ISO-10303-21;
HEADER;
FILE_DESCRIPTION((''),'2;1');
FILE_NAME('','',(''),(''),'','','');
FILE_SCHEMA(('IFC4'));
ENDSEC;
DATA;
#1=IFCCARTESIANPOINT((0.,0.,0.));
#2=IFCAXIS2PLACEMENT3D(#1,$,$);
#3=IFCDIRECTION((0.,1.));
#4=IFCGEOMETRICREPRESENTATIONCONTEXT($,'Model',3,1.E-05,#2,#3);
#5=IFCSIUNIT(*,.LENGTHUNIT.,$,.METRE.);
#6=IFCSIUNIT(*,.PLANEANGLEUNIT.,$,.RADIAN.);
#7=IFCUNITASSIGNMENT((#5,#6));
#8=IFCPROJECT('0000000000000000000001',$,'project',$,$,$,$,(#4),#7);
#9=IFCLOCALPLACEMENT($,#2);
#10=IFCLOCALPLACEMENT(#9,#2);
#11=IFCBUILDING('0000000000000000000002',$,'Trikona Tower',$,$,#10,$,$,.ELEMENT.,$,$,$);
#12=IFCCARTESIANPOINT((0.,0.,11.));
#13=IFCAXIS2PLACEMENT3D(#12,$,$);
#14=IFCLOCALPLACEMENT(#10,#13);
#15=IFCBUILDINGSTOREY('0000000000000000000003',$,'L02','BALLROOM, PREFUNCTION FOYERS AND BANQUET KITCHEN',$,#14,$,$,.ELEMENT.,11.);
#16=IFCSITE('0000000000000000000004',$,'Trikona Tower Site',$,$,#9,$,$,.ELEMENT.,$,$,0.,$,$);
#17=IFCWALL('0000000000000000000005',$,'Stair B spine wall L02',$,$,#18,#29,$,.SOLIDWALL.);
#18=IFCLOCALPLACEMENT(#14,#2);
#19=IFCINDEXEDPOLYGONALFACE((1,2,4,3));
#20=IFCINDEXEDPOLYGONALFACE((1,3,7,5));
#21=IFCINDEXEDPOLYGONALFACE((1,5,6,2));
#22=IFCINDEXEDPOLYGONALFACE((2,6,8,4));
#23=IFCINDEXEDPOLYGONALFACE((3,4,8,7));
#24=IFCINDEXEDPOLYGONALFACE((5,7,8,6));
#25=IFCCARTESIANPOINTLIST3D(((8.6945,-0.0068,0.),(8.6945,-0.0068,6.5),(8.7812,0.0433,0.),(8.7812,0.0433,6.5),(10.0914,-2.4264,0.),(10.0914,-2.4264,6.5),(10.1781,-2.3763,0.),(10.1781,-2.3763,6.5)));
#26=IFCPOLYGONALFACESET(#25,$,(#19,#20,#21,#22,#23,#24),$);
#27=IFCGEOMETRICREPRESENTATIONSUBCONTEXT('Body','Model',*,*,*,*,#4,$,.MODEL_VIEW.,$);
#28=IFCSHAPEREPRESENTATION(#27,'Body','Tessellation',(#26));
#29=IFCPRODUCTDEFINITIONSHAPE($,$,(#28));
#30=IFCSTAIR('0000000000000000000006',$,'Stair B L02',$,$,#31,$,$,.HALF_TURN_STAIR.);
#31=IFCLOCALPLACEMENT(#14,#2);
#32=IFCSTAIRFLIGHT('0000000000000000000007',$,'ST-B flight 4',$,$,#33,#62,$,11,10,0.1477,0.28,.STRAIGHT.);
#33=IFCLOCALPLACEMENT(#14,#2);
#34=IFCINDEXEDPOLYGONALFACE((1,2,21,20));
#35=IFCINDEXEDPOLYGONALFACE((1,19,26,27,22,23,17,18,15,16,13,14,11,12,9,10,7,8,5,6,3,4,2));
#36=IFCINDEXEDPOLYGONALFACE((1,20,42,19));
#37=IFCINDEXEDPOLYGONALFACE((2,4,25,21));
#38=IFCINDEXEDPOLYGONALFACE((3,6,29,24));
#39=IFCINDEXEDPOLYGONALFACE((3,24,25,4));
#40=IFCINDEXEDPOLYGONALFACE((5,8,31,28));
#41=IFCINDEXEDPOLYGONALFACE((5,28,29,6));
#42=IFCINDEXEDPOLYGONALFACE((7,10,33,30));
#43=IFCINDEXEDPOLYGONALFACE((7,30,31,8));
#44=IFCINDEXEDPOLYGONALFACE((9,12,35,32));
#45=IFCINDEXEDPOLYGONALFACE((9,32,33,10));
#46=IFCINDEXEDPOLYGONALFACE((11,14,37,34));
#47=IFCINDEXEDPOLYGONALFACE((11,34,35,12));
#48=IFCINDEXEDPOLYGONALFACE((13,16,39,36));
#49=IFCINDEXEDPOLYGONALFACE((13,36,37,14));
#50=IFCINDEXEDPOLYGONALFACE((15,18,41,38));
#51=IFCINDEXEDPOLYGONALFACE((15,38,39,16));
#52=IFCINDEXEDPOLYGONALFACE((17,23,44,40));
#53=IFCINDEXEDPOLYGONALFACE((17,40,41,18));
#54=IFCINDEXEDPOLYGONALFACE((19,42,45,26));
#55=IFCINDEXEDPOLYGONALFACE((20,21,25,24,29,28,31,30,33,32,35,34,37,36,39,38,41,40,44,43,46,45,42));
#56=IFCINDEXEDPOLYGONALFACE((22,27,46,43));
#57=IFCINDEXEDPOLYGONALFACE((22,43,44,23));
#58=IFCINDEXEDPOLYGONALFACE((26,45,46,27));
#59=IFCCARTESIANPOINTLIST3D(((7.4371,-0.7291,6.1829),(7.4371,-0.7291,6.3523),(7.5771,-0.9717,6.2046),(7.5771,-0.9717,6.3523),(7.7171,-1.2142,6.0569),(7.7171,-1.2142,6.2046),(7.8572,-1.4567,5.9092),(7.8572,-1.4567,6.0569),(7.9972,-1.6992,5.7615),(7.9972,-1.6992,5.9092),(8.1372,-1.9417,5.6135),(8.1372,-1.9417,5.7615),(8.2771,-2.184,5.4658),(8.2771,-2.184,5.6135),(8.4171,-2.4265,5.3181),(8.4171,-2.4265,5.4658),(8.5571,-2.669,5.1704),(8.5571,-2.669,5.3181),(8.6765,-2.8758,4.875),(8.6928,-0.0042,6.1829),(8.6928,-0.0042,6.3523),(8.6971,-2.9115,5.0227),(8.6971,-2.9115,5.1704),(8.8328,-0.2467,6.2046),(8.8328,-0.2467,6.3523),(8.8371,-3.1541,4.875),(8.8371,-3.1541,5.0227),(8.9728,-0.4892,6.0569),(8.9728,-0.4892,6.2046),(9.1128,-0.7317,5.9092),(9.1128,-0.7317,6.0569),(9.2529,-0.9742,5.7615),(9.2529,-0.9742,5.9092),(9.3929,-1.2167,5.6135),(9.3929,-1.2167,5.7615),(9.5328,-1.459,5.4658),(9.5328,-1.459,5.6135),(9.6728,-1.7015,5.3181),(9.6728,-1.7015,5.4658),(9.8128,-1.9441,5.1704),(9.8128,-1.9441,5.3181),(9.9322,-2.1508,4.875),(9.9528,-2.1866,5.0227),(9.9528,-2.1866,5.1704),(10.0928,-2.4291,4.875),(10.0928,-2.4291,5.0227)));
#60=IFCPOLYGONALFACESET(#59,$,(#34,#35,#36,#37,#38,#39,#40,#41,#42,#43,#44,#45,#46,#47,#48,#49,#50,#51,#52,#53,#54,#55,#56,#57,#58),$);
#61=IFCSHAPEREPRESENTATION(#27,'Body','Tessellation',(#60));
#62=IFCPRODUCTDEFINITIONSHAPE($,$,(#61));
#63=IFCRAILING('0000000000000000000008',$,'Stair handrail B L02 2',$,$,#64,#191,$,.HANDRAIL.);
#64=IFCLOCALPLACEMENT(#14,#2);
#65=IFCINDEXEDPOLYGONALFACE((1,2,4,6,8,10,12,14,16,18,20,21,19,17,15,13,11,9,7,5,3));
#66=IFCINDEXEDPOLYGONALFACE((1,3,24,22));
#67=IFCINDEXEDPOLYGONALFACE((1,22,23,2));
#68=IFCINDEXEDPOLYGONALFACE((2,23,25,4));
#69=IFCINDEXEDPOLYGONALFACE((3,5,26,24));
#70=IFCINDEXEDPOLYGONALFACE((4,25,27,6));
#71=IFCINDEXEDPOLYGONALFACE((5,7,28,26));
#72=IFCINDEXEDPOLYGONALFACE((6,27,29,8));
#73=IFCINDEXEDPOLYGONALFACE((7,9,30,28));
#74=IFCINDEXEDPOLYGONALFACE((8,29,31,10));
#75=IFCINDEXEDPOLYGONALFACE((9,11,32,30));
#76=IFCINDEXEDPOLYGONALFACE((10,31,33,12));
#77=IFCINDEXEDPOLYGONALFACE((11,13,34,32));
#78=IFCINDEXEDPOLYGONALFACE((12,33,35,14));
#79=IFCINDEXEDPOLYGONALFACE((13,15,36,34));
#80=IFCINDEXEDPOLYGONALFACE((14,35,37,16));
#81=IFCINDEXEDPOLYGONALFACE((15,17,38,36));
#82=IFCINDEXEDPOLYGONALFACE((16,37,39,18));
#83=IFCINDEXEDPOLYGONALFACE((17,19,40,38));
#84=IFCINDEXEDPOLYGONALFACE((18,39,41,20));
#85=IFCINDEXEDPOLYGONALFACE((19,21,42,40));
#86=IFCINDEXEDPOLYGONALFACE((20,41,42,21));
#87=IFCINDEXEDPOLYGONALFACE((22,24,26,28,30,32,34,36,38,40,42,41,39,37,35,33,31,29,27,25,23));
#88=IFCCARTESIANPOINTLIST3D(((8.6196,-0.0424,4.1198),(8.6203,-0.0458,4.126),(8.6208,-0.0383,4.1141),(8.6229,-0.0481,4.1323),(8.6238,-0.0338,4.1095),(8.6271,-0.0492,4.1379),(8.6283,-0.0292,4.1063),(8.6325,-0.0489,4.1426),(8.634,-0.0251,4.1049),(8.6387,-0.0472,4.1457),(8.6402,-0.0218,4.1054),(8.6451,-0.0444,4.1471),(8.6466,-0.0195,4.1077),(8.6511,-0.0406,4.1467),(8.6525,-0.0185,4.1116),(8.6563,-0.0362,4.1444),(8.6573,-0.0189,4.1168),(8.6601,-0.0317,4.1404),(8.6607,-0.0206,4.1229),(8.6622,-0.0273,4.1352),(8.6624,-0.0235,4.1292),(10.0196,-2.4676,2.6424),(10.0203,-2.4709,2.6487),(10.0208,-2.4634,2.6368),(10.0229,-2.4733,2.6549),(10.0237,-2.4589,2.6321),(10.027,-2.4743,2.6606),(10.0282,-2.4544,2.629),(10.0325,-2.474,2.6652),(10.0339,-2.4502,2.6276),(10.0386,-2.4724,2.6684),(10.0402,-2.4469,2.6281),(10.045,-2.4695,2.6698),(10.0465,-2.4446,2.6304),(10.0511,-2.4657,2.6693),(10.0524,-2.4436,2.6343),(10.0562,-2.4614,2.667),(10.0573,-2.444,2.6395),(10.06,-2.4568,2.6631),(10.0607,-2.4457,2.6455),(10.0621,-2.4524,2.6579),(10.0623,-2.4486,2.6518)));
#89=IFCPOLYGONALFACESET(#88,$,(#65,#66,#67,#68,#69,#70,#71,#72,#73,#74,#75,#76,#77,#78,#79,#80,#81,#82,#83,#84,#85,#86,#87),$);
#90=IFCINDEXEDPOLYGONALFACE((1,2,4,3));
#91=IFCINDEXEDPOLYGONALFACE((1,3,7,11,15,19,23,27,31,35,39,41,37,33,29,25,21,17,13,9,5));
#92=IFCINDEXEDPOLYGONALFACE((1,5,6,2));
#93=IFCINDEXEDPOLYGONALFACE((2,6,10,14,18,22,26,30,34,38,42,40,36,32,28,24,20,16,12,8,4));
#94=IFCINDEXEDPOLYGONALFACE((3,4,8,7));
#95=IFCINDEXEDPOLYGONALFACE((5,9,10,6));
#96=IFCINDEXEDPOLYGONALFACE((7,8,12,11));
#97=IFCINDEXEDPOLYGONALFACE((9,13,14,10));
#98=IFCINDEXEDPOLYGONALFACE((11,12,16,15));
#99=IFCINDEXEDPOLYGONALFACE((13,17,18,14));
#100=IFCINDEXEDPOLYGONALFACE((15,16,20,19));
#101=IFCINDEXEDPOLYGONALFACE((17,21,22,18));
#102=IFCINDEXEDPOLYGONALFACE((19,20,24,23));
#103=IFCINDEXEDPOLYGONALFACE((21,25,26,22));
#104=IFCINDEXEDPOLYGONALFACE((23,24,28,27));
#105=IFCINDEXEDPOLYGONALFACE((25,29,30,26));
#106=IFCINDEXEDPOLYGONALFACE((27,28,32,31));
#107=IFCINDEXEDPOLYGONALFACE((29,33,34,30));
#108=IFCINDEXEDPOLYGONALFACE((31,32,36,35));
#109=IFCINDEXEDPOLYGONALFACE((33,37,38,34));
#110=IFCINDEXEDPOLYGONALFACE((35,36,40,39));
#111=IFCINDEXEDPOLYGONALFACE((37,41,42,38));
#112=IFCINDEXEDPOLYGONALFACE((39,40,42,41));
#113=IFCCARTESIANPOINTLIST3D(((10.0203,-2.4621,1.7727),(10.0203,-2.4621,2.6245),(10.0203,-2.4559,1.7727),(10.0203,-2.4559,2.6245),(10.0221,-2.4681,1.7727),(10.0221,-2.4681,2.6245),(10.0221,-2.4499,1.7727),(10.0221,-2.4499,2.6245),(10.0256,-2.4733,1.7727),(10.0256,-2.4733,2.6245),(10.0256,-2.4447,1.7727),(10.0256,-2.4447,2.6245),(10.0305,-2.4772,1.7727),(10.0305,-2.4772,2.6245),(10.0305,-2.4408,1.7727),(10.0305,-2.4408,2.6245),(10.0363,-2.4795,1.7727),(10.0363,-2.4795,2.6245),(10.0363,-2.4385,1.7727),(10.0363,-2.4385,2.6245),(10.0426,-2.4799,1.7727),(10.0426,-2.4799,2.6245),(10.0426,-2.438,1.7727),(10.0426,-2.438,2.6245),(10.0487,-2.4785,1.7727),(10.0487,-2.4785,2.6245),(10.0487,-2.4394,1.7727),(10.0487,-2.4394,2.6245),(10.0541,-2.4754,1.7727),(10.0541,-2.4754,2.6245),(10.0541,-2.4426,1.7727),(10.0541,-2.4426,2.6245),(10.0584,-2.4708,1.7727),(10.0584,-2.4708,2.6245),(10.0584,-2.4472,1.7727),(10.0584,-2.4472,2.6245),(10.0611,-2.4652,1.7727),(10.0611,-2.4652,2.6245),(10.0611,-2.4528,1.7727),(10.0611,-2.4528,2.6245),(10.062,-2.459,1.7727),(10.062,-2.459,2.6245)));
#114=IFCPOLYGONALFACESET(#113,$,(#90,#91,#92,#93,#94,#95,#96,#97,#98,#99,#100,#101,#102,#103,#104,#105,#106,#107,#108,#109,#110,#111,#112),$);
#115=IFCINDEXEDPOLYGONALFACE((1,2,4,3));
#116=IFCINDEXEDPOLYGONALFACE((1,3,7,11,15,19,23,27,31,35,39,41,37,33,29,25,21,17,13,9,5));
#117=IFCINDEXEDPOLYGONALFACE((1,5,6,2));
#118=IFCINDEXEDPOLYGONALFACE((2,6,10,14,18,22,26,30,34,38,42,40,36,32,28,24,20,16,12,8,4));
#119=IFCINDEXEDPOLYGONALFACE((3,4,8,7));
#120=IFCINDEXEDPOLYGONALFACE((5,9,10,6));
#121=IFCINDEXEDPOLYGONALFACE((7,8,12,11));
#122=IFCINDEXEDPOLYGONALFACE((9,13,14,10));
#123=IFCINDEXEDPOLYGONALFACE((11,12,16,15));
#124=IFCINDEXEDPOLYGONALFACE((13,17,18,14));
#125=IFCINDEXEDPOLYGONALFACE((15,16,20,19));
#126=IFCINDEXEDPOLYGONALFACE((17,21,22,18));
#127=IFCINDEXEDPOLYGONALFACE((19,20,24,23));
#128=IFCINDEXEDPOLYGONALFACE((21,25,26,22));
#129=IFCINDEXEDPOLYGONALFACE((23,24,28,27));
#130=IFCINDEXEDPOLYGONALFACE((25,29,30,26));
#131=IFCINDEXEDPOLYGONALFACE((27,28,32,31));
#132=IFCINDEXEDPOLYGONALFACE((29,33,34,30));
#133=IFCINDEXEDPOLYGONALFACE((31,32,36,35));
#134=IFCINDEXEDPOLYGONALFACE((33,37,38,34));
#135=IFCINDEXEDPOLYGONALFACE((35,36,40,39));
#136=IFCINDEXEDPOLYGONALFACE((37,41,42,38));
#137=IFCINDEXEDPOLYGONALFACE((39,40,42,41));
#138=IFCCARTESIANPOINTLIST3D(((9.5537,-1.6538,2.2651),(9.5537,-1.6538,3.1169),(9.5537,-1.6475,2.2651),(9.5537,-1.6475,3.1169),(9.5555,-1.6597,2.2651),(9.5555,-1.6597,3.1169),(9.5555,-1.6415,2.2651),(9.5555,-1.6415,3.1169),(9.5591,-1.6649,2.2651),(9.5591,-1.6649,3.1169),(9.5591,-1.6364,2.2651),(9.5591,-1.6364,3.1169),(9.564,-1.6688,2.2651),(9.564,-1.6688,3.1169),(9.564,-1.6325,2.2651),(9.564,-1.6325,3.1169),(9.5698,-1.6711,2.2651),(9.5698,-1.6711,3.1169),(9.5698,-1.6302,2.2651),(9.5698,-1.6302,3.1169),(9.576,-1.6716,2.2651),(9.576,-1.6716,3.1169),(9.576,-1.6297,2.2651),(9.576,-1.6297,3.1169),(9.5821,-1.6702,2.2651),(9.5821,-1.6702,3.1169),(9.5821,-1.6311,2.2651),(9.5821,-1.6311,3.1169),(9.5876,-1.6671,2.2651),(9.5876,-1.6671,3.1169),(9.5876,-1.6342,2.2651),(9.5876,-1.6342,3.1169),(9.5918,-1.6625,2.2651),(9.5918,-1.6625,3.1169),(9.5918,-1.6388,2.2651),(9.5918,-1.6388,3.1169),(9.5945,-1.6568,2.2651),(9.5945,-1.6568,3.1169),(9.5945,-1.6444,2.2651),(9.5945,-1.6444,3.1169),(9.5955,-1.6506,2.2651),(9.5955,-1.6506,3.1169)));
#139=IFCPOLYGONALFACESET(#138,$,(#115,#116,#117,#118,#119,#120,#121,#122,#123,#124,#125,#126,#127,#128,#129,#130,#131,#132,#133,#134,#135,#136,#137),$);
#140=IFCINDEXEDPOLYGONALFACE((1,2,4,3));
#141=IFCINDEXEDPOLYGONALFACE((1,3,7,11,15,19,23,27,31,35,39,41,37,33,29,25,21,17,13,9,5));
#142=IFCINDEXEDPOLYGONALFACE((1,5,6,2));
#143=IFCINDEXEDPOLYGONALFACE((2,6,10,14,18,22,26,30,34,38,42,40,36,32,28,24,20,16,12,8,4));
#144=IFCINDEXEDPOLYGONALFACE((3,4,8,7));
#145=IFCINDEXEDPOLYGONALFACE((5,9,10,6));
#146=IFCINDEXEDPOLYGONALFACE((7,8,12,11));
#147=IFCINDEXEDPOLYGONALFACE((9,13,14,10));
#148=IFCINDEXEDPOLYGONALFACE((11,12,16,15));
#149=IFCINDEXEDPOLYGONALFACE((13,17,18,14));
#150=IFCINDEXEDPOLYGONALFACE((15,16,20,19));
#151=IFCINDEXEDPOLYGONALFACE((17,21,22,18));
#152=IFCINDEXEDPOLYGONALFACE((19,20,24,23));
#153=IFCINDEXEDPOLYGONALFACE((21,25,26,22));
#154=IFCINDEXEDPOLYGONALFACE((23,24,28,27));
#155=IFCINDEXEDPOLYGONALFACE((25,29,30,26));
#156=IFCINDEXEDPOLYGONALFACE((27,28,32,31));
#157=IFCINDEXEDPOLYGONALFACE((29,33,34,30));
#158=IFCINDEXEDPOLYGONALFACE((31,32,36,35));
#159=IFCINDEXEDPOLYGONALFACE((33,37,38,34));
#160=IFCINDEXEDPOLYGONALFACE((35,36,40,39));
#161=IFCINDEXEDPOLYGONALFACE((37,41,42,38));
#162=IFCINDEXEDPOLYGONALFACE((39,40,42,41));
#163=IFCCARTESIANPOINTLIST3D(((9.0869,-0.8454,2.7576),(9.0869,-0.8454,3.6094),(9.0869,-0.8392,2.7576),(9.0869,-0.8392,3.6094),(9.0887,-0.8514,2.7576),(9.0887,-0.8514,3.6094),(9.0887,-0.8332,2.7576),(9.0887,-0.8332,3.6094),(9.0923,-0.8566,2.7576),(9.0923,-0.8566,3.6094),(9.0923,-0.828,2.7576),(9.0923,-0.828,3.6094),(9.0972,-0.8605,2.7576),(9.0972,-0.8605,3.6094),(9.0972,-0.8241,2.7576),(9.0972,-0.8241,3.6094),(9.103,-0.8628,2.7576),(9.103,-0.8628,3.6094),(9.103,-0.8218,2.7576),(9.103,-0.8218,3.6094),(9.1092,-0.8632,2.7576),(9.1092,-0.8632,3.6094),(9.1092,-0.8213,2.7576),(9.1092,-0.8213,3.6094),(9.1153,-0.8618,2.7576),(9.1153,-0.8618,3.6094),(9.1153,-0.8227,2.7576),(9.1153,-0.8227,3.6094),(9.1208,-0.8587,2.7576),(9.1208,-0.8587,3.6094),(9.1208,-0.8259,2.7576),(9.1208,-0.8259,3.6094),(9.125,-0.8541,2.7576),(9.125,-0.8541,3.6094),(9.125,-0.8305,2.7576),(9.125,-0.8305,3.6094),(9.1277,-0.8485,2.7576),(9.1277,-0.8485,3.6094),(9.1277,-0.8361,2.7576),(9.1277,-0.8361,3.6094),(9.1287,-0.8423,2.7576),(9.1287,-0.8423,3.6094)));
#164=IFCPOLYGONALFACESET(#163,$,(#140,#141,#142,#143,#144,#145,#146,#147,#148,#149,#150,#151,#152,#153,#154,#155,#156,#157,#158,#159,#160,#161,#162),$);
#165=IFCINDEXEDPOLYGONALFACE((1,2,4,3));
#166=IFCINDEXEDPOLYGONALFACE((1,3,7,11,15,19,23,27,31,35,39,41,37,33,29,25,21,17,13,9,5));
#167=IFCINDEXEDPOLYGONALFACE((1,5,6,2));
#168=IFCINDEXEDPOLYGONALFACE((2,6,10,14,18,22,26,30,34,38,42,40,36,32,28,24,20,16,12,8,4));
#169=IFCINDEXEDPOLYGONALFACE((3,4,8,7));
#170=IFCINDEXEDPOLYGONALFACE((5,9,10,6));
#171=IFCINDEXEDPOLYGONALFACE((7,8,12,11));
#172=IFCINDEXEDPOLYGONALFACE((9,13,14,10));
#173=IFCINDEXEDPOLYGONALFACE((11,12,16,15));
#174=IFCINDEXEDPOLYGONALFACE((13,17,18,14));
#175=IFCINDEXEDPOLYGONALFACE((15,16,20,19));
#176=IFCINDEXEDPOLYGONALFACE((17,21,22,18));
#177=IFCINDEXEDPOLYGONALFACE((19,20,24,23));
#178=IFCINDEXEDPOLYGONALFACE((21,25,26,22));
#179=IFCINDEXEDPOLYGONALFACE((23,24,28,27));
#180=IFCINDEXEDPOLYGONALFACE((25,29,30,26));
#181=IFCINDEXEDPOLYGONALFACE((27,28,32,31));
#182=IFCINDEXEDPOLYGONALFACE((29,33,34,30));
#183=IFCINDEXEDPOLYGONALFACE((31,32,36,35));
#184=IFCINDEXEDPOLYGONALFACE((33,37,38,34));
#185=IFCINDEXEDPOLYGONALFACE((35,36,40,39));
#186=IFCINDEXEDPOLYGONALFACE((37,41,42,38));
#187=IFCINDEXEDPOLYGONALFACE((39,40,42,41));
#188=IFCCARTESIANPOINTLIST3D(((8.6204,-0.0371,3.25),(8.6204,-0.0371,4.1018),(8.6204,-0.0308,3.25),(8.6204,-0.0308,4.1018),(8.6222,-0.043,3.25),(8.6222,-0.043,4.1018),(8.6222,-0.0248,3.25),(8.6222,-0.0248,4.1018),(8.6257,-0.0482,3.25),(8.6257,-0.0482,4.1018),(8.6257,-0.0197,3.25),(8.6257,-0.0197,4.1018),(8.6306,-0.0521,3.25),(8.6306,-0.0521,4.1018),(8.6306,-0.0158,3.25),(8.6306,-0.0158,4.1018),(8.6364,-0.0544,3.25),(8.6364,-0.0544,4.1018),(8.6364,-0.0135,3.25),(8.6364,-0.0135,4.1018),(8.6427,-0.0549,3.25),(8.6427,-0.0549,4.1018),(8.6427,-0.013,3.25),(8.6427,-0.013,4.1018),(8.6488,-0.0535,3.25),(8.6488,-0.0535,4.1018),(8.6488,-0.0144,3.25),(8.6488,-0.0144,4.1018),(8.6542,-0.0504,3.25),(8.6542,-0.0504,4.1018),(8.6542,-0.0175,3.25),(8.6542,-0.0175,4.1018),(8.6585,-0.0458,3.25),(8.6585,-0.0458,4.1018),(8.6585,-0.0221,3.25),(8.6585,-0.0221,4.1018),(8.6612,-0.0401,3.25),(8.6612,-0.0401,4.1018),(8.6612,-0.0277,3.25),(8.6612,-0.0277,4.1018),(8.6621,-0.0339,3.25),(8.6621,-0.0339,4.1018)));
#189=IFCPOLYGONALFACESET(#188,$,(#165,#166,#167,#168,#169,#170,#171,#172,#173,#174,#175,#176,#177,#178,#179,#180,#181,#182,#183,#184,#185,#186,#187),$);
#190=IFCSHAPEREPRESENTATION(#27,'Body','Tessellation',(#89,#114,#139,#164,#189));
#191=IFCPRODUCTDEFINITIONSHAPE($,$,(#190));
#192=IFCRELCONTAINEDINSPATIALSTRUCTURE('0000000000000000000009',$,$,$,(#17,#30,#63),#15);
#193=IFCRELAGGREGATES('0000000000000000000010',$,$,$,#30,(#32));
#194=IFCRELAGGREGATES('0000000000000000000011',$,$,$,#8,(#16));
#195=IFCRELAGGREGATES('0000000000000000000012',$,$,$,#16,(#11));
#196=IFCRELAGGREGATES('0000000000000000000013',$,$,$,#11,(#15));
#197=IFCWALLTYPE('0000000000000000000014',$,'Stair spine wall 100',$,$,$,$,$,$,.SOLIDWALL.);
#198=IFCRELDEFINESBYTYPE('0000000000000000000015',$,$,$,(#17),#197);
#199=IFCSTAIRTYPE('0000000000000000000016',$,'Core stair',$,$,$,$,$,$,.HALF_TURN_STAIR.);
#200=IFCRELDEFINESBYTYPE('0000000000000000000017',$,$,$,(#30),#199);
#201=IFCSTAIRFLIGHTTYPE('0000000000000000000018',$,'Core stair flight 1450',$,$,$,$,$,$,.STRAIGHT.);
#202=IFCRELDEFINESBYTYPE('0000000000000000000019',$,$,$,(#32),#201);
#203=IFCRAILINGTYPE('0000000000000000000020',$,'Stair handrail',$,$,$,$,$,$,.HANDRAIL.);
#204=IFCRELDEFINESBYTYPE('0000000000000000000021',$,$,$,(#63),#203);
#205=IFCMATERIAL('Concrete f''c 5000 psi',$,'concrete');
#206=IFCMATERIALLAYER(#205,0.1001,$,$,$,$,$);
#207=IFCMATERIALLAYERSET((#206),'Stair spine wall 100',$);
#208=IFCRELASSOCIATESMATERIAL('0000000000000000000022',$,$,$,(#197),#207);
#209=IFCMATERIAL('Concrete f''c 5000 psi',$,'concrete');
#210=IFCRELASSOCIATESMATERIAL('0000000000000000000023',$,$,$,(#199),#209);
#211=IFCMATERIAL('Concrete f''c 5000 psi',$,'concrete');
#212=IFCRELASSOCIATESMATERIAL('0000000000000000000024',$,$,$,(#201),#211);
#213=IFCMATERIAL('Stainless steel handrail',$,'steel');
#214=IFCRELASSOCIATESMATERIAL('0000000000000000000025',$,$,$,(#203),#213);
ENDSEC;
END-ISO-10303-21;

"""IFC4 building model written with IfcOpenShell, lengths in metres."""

from ifc_helpers import new_model, si_unit, direction, frame, frame_2d, origin, origin_2d, place, context, subcontext, project, spatial, polyline, rectangle, circle, outline, extrude, material, layer, layer_set, type_object, element, aggregate, save


model = new_model("IFC4")

# Units and contexts
model_context = context("Model", 3, precision=1e-05, world=origin(), true_north=direction((0.0, 1.0)))
body_context = subcontext(model_context, "Body", "Model", "MODEL_VIEW")
ifc_project = project(units=[si_unit("LENGTHUNIT", "METRE"), si_unit("PLANEANGLEUNIT", "RADIAN")], contexts=[model_context])

# Site, building, storey
site_placement = place(None, origin())
site = spatial("IfcSite", under=ifc_project, at=site_placement, Name="Trikona Tower Site", CompositionType="ELEMENT", RefElevation=0.0)
building_placement = place(site_placement, origin())
building = spatial("IfcBuilding", under=site, at=building_placement, Name="Trikona Tower", CompositionType="ELEMENT")
storey_placement = place(building_placement, frame((0.0, 0.0, 11.0)))
storey = spatial("IfcBuildingStorey", under=building, at=storey_placement, Name="L02", Description="BALLROOM, PREFUNCTION FOYERS AND BANQUET KITCHEN", CompositionType="ELEMENT", Elevation=11.0)

# Wall
ifc_material_1 = material(Name="Concrete f'c 5000 psi", Category="concrete")
ifc_layer_1 = layer(ifc_material_1, 0.1001)
ifc_layer_set_1 = layer_set([ifc_layer_1], Name="Stair spine wall 100")
wall_type_1 = type_object("IfcWallType", Name="Stair spine wall 100", PredefinedType="SOLIDWALL", material=ifc_layer_set_1)
wall_1_placement = place(storey_placement, frame((10.1348, -2.4014, 0.0), z_axis=(0.0, 0.0, 1.0), x_axis=(-0.499992, 0.86603, 0.0)))
element("IfcWall", 1, at=wall_1_placement, inside=storey, type_object=wall_type_1, Name="Stair B spine wall L02", PredefinedType="SOLIDWALL", context=body_context, shape_type="SweptSolid", body=[
    extrude(rectangle(XDim=2.7939, YDim=0.1001, at=frame_2d((1.397, 0.0))), origin(), (0.0, 0.0, 1.0), 6.5),
])

# Stair, stair flight
ifc_material_2 = material(Name="Concrete f'c 5000 psi", Category="concrete")
stair_type = type_object("IfcStairType", Name="Core stair", PredefinedType="HALF_TURN_STAIR", material=ifc_material_2)
stair_placement = place(storey_placement, origin())
stair = element("IfcStair", 2, at=stair_placement, inside=storey, type_object=stair_type, Name="Stair B L02", PredefinedType="HALF_TURN_STAIR")
ifc_material_3 = material(Name="Concrete f'c 5000 psi", Category="concrete")
stair_flight_type = type_object("IfcStairFlightType", Name="Core stair flight 1450", PredefinedType="STRAIGHT", material=ifc_material_3)
stair_flight_placement = place(storey_placement, frame((9.4651, -2.7915, 4.875), z_axis=(0.0, 0.0, 1.0), x_axis=(-0.5, 0.866025, 0.0)))
stair_flight = element("IfcStairFlight", 3, at=stair_flight_placement, type_object=stair_flight_type, Name="ST-B flight 4", NumberOfRisers=11, NumberOfTreads=10, PredefinedType="STRAIGHT", RiserHeight=0.1477, TreadLength=0.28, context=body_context, shape_type="SweptSolid", body=[
    extrude(outline(polyline([(0.0, 0.0), (0.0, 0.1477), (0.28, 0.1477), (0.28, 0.2954), (0.5601, 0.2954), (0.5601, 0.4431), (0.8401, 0.4431), (0.8401, 0.5908), (1.1201, 0.5908), (1.1201, 0.7385), (1.3999, 0.7385), (1.3999, 0.8865), (1.6799, 0.8865), (1.6799, 1.0342), (1.96, 1.0342), (1.96, 1.1819), (2.24, 1.1819), (2.24, 1.3296), (2.52, 1.3296), (2.52, 1.4773), (2.8, 1.4773), (2.8, 1.625), (2.8, 1.3079), (0.3213, 0.0), (0.0, 0.0)])), frame((0.0, 0.7251, 0.0), z_axis=(0.0, -1.0, 0.0), x_axis=(1.0, 0.0, 0.0)), (0.0, 0.0, 1.0), 1.45),
])
aggregate(stair, [stair_flight])

# Railing
ifc_material_4 = material(Name="Stainless steel handrail", Category="steel")
railing_type = type_object("IfcRailingType", Name="Stair handrail", PredefinedType="HANDRAIL", material=ifc_material_4)
for number, where, name in (
    (4, (10.041, -2.459, 1.7727), "Stair handrail B L02 2"),
):
    element("IfcRailing", number, at=place(storey_placement, frame(where)), inside=storey, type_object=railing_type, Name=name, PredefinedType="HANDRAIL", context=body_context, shape_type="SweptSolid", body=[
        extrude(circle(Radius=0.0239, at=origin_2d()), frame((0.0, 0.0, 0.876), z_axis=(-0.44218, 0.765988, 0.466626), x_axis=(-0.866056, -0.499946, 0.0)), (0.0, 0.0, 1.0), 3.166),
        extrude(circle(Radius=0.021, at=origin_2d()), origin(), (0.0, 0.0, 1.0), 0.8518),
        extrude(circle(Radius=0.021, at=origin_2d()), frame((-0.4666, 0.8083, 0.4924)), (0.0, 0.0, 1.0), 0.8518),
        extrude(circle(Radius=0.021, at=origin_2d()), frame((-0.9333, 1.6167, 0.9849)), (0.0, 0.0, 1.0), 0.8518),
        extrude(circle(Radius=0.021, at=origin_2d()), frame((-1.3999, 2.425, 1.4773)), (0.0, 0.0, 1.0), 0.8518),
    ])

save(model, "model.ifc")
